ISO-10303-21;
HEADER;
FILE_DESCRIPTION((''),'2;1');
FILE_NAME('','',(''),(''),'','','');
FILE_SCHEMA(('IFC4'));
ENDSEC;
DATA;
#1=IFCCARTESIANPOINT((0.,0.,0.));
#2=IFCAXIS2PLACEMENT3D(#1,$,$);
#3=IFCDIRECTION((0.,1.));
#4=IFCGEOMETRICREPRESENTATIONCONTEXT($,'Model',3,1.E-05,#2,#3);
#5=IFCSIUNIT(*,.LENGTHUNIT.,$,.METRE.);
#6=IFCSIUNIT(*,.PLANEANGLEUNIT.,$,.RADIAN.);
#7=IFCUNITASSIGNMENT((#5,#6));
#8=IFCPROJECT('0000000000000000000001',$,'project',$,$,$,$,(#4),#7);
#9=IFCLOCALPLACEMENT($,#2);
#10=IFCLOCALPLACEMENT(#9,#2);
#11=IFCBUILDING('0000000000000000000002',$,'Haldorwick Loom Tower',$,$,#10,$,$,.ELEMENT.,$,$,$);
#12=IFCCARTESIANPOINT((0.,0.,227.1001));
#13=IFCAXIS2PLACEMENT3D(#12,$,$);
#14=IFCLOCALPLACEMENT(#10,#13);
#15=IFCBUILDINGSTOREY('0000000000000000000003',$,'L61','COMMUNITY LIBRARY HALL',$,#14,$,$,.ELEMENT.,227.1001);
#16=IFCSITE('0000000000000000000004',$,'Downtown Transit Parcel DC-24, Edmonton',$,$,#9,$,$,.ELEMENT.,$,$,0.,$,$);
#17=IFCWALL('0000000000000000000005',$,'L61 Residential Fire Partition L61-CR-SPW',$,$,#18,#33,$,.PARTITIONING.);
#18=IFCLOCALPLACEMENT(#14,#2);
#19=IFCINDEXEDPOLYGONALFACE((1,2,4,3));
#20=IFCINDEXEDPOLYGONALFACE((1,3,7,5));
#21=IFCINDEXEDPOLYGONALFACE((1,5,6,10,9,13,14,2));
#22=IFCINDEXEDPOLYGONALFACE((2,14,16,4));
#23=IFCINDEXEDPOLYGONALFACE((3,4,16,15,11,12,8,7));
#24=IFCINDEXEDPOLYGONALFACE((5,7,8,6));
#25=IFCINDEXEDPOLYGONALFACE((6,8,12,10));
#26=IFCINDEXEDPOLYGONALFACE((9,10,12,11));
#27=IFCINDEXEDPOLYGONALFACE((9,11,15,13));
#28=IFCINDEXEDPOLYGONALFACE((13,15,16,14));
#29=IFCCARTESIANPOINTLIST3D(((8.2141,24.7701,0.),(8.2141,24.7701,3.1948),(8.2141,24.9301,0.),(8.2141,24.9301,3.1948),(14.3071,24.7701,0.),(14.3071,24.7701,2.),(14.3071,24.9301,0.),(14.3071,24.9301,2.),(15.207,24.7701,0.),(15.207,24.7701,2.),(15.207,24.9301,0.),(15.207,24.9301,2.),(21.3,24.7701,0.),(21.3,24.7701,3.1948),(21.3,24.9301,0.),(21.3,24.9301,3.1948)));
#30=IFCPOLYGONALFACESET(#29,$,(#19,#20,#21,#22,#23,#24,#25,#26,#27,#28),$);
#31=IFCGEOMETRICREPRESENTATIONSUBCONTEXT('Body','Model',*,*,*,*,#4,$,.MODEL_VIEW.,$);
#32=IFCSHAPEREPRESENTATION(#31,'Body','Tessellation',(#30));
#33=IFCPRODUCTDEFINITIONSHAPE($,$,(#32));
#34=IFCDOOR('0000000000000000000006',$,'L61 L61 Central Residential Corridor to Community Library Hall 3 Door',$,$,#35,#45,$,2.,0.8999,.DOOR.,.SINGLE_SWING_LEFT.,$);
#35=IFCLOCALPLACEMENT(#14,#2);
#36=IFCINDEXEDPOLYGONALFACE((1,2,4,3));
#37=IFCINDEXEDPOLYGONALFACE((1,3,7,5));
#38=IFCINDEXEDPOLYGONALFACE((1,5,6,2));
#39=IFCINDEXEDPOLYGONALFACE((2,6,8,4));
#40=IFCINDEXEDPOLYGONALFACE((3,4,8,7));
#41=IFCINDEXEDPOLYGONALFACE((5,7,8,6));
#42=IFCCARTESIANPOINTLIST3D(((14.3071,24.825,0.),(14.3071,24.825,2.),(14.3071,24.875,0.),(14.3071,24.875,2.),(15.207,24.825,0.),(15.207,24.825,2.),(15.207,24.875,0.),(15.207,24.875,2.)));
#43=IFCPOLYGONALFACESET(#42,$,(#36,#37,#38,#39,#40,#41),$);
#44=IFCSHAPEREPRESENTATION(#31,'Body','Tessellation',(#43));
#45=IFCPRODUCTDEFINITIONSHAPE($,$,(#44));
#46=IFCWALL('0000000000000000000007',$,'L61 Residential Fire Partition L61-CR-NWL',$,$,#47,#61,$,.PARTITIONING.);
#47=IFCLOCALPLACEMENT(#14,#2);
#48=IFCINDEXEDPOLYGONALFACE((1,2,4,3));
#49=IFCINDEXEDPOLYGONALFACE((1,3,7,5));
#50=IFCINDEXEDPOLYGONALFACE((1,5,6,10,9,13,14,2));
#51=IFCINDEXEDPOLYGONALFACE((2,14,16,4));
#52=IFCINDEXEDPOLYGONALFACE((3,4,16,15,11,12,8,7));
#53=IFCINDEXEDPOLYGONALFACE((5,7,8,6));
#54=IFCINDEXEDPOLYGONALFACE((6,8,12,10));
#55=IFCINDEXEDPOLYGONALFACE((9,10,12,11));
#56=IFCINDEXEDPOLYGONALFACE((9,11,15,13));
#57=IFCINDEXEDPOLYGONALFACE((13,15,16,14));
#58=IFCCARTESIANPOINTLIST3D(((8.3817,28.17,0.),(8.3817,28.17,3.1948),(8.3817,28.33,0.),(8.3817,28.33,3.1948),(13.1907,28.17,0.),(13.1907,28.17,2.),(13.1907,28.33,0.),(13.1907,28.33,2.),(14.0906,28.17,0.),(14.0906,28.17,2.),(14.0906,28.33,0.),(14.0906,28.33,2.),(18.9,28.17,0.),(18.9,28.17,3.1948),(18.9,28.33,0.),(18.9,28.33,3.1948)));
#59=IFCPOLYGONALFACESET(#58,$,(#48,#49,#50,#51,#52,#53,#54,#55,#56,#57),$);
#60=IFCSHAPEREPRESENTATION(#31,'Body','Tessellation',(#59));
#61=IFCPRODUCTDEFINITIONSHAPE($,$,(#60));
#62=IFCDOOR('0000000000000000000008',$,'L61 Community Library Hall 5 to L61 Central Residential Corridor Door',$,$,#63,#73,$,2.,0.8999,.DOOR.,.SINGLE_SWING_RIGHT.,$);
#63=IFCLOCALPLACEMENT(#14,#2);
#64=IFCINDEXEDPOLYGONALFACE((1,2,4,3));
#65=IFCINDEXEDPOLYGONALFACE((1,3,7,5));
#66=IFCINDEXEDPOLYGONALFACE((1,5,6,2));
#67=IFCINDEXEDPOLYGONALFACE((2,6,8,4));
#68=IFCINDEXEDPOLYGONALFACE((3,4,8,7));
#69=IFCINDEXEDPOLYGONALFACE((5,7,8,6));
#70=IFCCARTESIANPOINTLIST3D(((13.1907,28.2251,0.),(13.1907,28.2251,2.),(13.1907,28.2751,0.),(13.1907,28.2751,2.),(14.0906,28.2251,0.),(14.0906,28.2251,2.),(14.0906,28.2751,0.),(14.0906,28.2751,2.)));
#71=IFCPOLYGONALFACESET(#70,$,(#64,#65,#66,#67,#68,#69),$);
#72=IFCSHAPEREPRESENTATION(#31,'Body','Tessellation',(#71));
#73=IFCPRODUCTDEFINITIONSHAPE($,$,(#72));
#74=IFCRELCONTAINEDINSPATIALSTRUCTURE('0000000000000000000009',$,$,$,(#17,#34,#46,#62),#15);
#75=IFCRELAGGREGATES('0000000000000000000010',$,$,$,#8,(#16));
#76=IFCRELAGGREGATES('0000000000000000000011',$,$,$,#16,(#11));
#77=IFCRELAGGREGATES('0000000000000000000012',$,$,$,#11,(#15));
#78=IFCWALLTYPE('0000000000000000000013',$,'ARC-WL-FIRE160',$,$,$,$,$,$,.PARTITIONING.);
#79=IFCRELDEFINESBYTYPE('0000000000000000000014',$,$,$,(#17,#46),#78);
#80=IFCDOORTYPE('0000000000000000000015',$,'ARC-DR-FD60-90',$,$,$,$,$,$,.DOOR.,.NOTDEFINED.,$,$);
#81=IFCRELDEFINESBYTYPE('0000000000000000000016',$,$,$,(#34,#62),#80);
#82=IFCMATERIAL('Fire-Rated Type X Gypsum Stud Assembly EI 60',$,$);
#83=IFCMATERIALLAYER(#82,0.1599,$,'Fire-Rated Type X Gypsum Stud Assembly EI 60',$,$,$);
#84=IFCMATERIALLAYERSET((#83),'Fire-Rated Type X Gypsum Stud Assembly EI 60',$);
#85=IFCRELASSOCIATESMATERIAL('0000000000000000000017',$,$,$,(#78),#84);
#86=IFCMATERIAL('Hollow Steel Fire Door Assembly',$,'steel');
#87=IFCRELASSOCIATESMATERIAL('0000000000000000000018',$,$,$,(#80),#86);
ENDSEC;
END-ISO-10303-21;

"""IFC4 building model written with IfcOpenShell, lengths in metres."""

from ifc_helpers import new_model, si_unit, direction, frame, frame_2d, origin, place, context, subcontext, project, spatial, rectangle, extrude, material, layer, layer_set, type_object, element, fill, save


model = new_model("IFC4")

# Units and contexts
model_context = context("Model", 3, precision=1e-05, world=origin(), true_north=direction((0.0, 1.0)))
body_context = subcontext(model_context, "Body", "Model", "MODEL_VIEW")
ifc_project = project(units=[si_unit("LENGTHUNIT", "METRE"), si_unit("PLANEANGLEUNIT", "RADIAN")], contexts=[model_context])

# Site, building, storey
site_placement = place(None, origin())
site = spatial("IfcSite", under=ifc_project, at=site_placement, Name="Downtown Transit Parcel DC-24, Edmonton", CompositionType="ELEMENT", RefElevation=0.0)
building_placement = place(site_placement, origin())
building = spatial("IfcBuilding", under=site, at=building_placement, Name="Haldorwick Loom Tower", CompositionType="ELEMENT")
storey_placement = place(building_placement, frame((0.0, 0.0, 227.1001)))
storey = spatial("IfcBuildingStorey", under=building, at=storey_placement, Name="L61", Description="COMMUNITY LIBRARY HALL", CompositionType="ELEMENT", Elevation=227.1001)

# Shared definitions
ifc_material_1 = material(Name="Fire-Rated Type X Gypsum Stud Assembly EI 60")
ifc_layer_1 = layer(ifc_material_1, 0.1599, Name="Fire-Rated Type X Gypsum Stud Assembly EI 60")
ifc_layer_set_1 = layer_set([ifc_layer_1], Name="Fire-Rated Type X Gypsum Stud Assembly EI 60")
wall_type_1 = type_object("IfcWallType", Name="ARC-WL-FIRE160", PredefinedType="PARTITIONING", material=ifc_layer_set_1)
ifc_material_2 = material(Name="Hollow Steel Fire Door Assembly", Category="steel")
door_type = type_object("IfcDoorType", Name="ARC-DR-FD60-90", OperationType="NOTDEFINED", PredefinedType="DOOR", material=ifc_material_2)

# Walls, openings, doors
wall_1_placement = place(storey_placement, frame((8.2141, 24.8501, 0.0), z_axis=(0.0, 0.0, 1.0), x_axis=(1.0, 0.0, 0.0)))
wall_1 = element("IfcWall", 1, at=wall_1_placement, inside=storey, type_object=wall_type_1, Name="L61 Residential Fire Partition L61-CR-SPW", PredefinedType="PARTITIONING", context=body_context, shape_type="SweptSolid", body=[
    extrude(rectangle(XDim=13.0859, YDim=0.1599, at=frame_2d((6.543, 0.0))), origin(), (0.0, 0.0, 1.0), 3.1948),
])
opening_1_placement = place(wall_1_placement, frame((6.093, 0.0, 0.0)))
opening_1 = element("IfcOpeningElement", 2, at=opening_1_placement, cuts=wall_1, PredefinedType="OPENING", context=body_context, shape_type="SweptSolid", body=[
    extrude(rectangle(XDim=0.8999, YDim=2.0, at=frame_2d((0.45, 1.0))), frame((0.0, 0.0898, 0.0), z_axis=(0.0, -1.0, 0.0), x_axis=(1.0, 0.0, 0.0)), (0.0, 0.0, 1.0), 0.1799),
])
door_1_placement = place(opening_1_placement, origin())
door_1 = element("IfcDoor", 3, at=door_1_placement, inside=storey, type_object=door_type, Name="L61 L61 Central Residential Corridor to Community Library Hall 3 Door", OperationType="SINGLE_SWING_LEFT", OverallHeight=2.0, OverallWidth=0.8999, PredefinedType="DOOR", context=body_context, shape_type="SweptSolid", body=[
    extrude(rectangle(XDim=0.8999, YDim=2.0, at=frame_2d((0.45, 1.0))), frame((0.0, 0.0249, 0.0), z_axis=(0.0, -1.0, 0.0), x_axis=(1.0, 0.0, 0.0)), (0.0, 0.0, 1.0), 0.05),
])
fill(opening_1, door_1)
wall_2_placement = place(storey_placement, frame((8.3816, 28.25, 0.0), z_axis=(0.0, 0.0, 1.0), x_axis=(1.0, 0.0, 0.0)))
wall_2 = element("IfcWall", 4, at=wall_2_placement, inside=storey, type_object=wall_type_1, Name="L61 Residential Fire Partition L61-CR-NWL", PredefinedType="PARTITIONING", context=body_context, shape_type="SweptSolid", body=[
    extrude(rectangle(XDim=10.5183, YDim=0.1599, at=frame_2d((5.2593, 0.0))), origin(), (0.0, 0.0, 1.0), 3.1948),
])
opening_2_placement = place(wall_2_placement, frame((4.8091, 0.0, 0.0)))
opening_2 = element("IfcOpeningElement", 5, at=opening_2_placement, cuts=wall_2, PredefinedType="OPENING", context=body_context, shape_type="SweptSolid", body=[
    extrude(rectangle(XDim=0.8999, YDim=2.0, at=frame_2d((0.45, 1.0))), frame((0.0, 0.0898, 0.0), z_axis=(0.0, -1.0, 0.0), x_axis=(1.0, 0.0, 0.0)), (0.0, 0.0, 1.0), 0.1799),
])
door_2_placement = place(opening_2_placement, frame((0.8999, 0.0, 0.0), z_axis=(0.0, 0.0, 1.0), x_axis=(-1.0, 0.0, 0.0)))
door_2 = element("IfcDoor", 6, at=door_2_placement, inside=storey, type_object=door_type, Name="L61 Community Library Hall 5 to L61 Central Residential Corridor Door", OperationType="SINGLE_SWING_RIGHT", OverallHeight=2.0, OverallWidth=0.8999, PredefinedType="DOOR", context=body_context, shape_type="SweptSolid", body=[
    extrude(rectangle(XDim=0.8999, YDim=2.0, at=frame_2d((0.45, 1.0))), frame((0.0, 0.0249, 0.0), z_axis=(0.0, -1.0, 0.0), x_axis=(1.0, 0.0, 0.0)), (0.0, 0.0, 1.0), 0.05),
])
fill(opening_2, door_2)

save(model, "model.ifc")
